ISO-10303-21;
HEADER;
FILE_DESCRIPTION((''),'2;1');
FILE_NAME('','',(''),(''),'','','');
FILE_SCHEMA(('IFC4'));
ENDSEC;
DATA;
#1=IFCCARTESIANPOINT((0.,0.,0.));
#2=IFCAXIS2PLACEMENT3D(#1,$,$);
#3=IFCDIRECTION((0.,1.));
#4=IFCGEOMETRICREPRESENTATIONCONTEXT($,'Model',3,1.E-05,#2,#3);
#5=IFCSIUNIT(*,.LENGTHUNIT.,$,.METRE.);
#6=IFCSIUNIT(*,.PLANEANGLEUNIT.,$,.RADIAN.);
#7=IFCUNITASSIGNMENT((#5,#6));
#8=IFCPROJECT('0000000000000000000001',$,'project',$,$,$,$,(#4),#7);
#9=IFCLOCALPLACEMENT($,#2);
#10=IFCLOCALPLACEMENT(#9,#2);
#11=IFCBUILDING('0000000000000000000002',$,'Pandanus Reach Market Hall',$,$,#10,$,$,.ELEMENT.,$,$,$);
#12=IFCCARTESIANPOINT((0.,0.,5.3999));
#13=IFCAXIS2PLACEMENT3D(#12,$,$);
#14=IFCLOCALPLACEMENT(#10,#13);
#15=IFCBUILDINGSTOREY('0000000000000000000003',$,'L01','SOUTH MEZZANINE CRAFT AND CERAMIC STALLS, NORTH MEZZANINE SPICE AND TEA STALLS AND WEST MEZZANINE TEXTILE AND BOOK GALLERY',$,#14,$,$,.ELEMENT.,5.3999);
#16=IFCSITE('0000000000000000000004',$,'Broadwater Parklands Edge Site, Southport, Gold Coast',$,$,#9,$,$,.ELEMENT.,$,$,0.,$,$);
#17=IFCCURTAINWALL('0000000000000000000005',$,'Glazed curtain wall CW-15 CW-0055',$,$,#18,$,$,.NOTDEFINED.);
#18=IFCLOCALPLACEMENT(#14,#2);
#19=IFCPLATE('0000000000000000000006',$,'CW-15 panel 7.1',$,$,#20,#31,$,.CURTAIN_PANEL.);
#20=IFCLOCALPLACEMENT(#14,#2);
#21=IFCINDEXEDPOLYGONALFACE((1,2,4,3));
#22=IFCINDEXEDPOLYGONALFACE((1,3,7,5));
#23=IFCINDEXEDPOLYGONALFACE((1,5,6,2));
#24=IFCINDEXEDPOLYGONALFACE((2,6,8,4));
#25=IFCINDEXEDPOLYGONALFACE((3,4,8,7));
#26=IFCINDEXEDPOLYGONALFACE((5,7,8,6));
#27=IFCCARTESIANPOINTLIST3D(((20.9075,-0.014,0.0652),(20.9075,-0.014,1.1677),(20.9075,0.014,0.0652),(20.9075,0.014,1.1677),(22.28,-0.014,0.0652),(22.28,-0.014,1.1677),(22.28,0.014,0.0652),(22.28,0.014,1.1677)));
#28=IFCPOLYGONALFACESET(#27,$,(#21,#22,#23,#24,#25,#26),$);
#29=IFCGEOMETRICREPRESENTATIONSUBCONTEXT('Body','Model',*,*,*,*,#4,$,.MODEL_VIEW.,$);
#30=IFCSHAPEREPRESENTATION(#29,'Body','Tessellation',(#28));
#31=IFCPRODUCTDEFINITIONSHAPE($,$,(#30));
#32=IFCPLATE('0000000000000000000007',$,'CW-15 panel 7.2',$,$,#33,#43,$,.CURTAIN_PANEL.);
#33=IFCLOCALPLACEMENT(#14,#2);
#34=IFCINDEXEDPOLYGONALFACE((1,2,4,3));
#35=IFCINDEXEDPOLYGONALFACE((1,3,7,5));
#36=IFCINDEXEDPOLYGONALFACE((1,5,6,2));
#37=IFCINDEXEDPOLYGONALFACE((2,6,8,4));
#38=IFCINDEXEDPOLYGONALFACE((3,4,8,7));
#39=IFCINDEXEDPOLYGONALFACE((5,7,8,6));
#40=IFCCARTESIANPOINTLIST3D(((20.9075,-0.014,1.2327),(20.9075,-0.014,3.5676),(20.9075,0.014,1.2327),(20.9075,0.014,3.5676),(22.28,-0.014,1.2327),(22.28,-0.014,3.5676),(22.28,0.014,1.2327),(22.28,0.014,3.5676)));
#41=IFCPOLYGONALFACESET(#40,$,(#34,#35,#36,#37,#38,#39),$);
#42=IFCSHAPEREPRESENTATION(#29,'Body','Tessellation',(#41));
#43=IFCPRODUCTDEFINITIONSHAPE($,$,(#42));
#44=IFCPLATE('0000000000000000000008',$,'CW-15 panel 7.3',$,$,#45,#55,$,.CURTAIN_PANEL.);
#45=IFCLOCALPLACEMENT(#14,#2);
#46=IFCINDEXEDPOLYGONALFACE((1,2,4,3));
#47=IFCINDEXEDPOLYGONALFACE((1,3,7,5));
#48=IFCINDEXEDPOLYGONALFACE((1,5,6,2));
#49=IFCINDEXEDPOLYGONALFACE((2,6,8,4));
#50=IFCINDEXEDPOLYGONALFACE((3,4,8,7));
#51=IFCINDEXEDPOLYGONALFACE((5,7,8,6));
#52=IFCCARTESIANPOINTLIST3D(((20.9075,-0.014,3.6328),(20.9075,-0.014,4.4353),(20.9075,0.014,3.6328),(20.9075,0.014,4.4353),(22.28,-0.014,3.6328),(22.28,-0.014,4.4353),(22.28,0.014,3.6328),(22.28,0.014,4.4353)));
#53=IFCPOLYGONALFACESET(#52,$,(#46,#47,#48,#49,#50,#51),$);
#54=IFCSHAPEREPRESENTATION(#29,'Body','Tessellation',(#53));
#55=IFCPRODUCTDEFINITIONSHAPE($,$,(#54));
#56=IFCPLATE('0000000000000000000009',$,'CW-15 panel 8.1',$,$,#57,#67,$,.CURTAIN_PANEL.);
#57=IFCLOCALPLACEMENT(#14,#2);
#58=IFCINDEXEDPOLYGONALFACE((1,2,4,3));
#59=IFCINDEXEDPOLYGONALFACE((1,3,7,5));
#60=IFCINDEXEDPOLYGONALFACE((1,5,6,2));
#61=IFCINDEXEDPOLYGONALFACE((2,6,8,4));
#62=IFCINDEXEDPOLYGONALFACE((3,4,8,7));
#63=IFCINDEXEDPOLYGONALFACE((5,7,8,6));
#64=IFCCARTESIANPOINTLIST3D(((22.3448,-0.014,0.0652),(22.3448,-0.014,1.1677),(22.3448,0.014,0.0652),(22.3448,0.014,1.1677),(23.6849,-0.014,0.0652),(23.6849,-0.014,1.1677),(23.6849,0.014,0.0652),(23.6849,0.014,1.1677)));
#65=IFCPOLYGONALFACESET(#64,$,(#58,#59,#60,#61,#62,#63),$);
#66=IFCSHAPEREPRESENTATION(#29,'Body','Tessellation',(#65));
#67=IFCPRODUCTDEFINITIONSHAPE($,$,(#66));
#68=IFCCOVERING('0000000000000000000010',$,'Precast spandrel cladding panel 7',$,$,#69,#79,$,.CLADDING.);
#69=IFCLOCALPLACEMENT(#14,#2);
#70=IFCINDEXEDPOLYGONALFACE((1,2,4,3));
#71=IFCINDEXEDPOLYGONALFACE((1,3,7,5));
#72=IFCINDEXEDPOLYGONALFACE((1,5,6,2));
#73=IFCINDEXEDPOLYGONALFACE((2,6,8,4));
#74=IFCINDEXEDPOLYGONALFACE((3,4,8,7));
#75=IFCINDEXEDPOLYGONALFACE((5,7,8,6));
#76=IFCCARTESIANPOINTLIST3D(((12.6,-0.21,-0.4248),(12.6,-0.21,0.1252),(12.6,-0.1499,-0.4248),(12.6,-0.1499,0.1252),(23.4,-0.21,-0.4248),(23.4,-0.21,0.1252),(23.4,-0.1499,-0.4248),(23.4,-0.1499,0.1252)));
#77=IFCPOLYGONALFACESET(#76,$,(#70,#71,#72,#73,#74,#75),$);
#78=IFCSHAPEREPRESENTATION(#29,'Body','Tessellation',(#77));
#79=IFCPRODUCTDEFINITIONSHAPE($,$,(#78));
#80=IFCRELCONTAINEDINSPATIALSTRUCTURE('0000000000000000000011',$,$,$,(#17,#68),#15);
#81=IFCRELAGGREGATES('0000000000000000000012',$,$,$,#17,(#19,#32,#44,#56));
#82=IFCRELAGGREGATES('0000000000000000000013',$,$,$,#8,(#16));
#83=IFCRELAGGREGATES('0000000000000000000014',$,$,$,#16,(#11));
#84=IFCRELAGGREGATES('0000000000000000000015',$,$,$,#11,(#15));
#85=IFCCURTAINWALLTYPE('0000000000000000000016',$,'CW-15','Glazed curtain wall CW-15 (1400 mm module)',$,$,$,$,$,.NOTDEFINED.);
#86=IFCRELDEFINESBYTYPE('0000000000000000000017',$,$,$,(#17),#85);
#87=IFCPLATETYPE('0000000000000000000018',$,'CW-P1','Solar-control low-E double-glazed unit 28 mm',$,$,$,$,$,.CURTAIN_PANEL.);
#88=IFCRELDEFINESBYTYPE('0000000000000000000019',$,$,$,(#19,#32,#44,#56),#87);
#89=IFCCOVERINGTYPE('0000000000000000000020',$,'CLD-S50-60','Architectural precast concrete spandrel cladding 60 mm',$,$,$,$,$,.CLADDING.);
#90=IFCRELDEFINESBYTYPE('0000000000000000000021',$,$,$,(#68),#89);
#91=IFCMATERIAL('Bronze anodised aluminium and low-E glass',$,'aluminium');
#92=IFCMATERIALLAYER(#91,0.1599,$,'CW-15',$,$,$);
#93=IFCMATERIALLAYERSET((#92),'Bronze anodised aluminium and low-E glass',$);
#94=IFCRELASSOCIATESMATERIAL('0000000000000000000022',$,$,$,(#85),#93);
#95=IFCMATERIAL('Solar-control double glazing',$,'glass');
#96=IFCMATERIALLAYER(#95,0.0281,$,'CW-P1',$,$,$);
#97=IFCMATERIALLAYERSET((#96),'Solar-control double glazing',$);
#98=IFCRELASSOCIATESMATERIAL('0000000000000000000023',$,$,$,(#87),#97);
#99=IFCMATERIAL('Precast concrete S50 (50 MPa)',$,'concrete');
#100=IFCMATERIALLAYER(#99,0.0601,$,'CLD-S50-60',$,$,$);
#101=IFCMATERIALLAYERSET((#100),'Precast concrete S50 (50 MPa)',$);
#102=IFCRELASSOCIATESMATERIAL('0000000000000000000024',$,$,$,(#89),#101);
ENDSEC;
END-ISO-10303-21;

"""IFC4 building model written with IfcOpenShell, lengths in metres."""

from ifc_helpers import new_model, si_unit, direction, frame, origin, origin_2d, place, context, subcontext, project, spatial, rectangle, extrude, material, layer, layer_set, type_object, element, aggregate, save


model = new_model("IFC4")

# Units and contexts
model_context = context("Model", 3, precision=1e-05, world=origin(), true_north=direction((0.0, 1.0)))
body_context = subcontext(model_context, "Body", "Model", "MODEL_VIEW")
ifc_project = project(units=[si_unit("LENGTHUNIT", "METRE"), si_unit("PLANEANGLEUNIT", "RADIAN")], contexts=[model_context])

# Site, building, storey
site_placement = place(None, origin())
site = spatial("IfcSite", under=ifc_project, at=site_placement, Name="Broadwater Parklands Edge Site, Southport, Gold Coast", CompositionType="ELEMENT", RefElevation=0.0)
building_placement = place(site_placement, origin())
building = spatial("IfcBuilding", under=site, at=building_placement, Name="Pandanus Reach Market Hall", CompositionType="ELEMENT")
storey_placement = place(building_placement, frame((0.0, 0.0, 5.3999)))
storey = spatial("IfcBuildingStorey", under=building, at=storey_placement, Name="L01", Description="SOUTH MEZZANINE CRAFT AND CERAMIC STALLS, NORTH MEZZANINE SPICE AND TEA STALLS AND WEST MEZZANINE TEXTILE AND BOOK GALLERY", CompositionType="ELEMENT", Elevation=5.3999)

# Curtain wall
ifc_material_1 = material(Name="Bronze anodised aluminium and low-E glass", Category="aluminium")
ifc_layer_1 = layer(ifc_material_1, 0.1599, Name="CW-15")
ifc_layer_set_1 = layer_set([ifc_layer_1], Name="Bronze anodised aluminium and low-E glass")
curtain_wall_type = type_object("IfcCurtainWallType", Name="CW-15", Description="Glazed curtain wall CW-15 (1400 mm module)", PredefinedType="NOTDEFINED", material=ifc_layer_set_1)
curtain_wall_placement = place(storey_placement, origin())
curtain_wall = element("IfcCurtainWall", 1, at=curtain_wall_placement, inside=storey, type_object=curtain_wall_type, Name="Glazed curtain wall CW-15 CW-0055", PredefinedType="NOTDEFINED")

# Plates
ifc_material_2 = material(Name="Solar-control double glazing", Category="glass")
ifc_layer_2 = layer(ifc_material_2, 0.0281, Name="CW-P1")
ifc_layer_set_2 = layer_set([ifc_layer_2], Name="Solar-control double glazing")
plate_type = type_object("IfcPlateType", Name="CW-P1", Description="Solar-control low-E double-glazed unit 28 mm", PredefinedType="CURTAIN_PANEL", material=ifc_layer_set_2)
plate_1_placement = place(storey_placement, frame((21.5938, 0.0, 0.0652), z_axis=(0.0, 0.0, 1.0), x_axis=(1.0, 0.0, 0.0)))
plate_1 = element("IfcPlate", 2, at=plate_1_placement, type_object=plate_type, Name="CW-15 panel 7.1", PredefinedType="CURTAIN_PANEL", context=body_context, shape_type="SweptSolid", body=[
    extrude(rectangle(XDim=1.3726, YDim=0.0281, at=origin_2d()), origin(), (0.0, 0.0, 1.0), 1.1025),
])
plate_2_placement = place(storey_placement, frame((21.5938, 0.0, 1.2327), z_axis=(0.0, 0.0, 1.0), x_axis=(1.0, 0.0, 0.0)))
plate_2 = element("IfcPlate", 3, at=plate_2_placement, type_object=plate_type, Name="CW-15 panel 7.2", PredefinedType="CURTAIN_PANEL", context=body_context, shape_type="SweptSolid", body=[
    extrude(rectangle(XDim=1.3726, YDim=0.0281, at=origin_2d()), origin(), (0.0, 0.0, 1.0), 2.335),
])
plate_3_placement = place(storey_placement, frame((21.5938, 0.0, 3.6328), z_axis=(0.0, 0.0, 1.0), x_axis=(1.0, 0.0, 0.0)))
plate_3 = element("IfcPlate", 4, at=plate_3_placement, type_object=plate_type, Name="CW-15 panel 7.3", PredefinedType="CURTAIN_PANEL", context=body_context, shape_type="SweptSolid", body=[
    extrude(rectangle(XDim=1.3726, YDim=0.0281, at=origin_2d()), origin(), (0.0, 0.0, 1.0), 0.8025),
])
plate_4_placement = place(storey_placement, frame((23.0149, 0.0, 0.0652), z_axis=(0.0, 0.0, 1.0), x_axis=(1.0, 0.0, 0.0)))
plate_4 = element("IfcPlate", 5, at=plate_4_placement, type_object=plate_type, Name="CW-15 panel 8.1", PredefinedType="CURTAIN_PANEL", context=body_context, shape_type="SweptSolid", body=[
    extrude(rectangle(XDim=1.3401, YDim=0.0281, at=origin_2d()), origin(), (0.0, 0.0, 1.0), 1.1025),
])
aggregate(curtain_wall, [plate_1, plate_2, plate_3, plate_4])

# Covering
ifc_material_3 = material(Name="Precast concrete S50 (50 MPa)", Category="concrete")
ifc_layer_3 = layer(ifc_material_3, 0.0601, Name="CLD-S50-60")
ifc_layer_set_3 = layer_set([ifc_layer_3], Name="Precast concrete S50 (50 MPa)")
covering_type = type_object("IfcCoveringType", Name="CLD-S50-60", Description="Architectural precast concrete spandrel cladding 60 mm", PredefinedType="CLADDING", material=ifc_layer_set_3)
covering_placement = place(storey_placement, frame((18.0, -0.1799, -0.4248), z_axis=(0.0, 0.0, 1.0), x_axis=(1.0, 0.0, 0.0)))
element("IfcCovering", 6, at=covering_placement, inside=storey, type_object=covering_type, Name="Precast spandrel cladding panel 7", PredefinedType="CLADDING", context=body_context, shape_type="SweptSolid", body=[
    extrude(rectangle(XDim=10.8, YDim=0.0601, at=origin_2d()), origin(), (0.0, 0.0, 1.0), 0.55),
])

save(model, "model.ifc")
